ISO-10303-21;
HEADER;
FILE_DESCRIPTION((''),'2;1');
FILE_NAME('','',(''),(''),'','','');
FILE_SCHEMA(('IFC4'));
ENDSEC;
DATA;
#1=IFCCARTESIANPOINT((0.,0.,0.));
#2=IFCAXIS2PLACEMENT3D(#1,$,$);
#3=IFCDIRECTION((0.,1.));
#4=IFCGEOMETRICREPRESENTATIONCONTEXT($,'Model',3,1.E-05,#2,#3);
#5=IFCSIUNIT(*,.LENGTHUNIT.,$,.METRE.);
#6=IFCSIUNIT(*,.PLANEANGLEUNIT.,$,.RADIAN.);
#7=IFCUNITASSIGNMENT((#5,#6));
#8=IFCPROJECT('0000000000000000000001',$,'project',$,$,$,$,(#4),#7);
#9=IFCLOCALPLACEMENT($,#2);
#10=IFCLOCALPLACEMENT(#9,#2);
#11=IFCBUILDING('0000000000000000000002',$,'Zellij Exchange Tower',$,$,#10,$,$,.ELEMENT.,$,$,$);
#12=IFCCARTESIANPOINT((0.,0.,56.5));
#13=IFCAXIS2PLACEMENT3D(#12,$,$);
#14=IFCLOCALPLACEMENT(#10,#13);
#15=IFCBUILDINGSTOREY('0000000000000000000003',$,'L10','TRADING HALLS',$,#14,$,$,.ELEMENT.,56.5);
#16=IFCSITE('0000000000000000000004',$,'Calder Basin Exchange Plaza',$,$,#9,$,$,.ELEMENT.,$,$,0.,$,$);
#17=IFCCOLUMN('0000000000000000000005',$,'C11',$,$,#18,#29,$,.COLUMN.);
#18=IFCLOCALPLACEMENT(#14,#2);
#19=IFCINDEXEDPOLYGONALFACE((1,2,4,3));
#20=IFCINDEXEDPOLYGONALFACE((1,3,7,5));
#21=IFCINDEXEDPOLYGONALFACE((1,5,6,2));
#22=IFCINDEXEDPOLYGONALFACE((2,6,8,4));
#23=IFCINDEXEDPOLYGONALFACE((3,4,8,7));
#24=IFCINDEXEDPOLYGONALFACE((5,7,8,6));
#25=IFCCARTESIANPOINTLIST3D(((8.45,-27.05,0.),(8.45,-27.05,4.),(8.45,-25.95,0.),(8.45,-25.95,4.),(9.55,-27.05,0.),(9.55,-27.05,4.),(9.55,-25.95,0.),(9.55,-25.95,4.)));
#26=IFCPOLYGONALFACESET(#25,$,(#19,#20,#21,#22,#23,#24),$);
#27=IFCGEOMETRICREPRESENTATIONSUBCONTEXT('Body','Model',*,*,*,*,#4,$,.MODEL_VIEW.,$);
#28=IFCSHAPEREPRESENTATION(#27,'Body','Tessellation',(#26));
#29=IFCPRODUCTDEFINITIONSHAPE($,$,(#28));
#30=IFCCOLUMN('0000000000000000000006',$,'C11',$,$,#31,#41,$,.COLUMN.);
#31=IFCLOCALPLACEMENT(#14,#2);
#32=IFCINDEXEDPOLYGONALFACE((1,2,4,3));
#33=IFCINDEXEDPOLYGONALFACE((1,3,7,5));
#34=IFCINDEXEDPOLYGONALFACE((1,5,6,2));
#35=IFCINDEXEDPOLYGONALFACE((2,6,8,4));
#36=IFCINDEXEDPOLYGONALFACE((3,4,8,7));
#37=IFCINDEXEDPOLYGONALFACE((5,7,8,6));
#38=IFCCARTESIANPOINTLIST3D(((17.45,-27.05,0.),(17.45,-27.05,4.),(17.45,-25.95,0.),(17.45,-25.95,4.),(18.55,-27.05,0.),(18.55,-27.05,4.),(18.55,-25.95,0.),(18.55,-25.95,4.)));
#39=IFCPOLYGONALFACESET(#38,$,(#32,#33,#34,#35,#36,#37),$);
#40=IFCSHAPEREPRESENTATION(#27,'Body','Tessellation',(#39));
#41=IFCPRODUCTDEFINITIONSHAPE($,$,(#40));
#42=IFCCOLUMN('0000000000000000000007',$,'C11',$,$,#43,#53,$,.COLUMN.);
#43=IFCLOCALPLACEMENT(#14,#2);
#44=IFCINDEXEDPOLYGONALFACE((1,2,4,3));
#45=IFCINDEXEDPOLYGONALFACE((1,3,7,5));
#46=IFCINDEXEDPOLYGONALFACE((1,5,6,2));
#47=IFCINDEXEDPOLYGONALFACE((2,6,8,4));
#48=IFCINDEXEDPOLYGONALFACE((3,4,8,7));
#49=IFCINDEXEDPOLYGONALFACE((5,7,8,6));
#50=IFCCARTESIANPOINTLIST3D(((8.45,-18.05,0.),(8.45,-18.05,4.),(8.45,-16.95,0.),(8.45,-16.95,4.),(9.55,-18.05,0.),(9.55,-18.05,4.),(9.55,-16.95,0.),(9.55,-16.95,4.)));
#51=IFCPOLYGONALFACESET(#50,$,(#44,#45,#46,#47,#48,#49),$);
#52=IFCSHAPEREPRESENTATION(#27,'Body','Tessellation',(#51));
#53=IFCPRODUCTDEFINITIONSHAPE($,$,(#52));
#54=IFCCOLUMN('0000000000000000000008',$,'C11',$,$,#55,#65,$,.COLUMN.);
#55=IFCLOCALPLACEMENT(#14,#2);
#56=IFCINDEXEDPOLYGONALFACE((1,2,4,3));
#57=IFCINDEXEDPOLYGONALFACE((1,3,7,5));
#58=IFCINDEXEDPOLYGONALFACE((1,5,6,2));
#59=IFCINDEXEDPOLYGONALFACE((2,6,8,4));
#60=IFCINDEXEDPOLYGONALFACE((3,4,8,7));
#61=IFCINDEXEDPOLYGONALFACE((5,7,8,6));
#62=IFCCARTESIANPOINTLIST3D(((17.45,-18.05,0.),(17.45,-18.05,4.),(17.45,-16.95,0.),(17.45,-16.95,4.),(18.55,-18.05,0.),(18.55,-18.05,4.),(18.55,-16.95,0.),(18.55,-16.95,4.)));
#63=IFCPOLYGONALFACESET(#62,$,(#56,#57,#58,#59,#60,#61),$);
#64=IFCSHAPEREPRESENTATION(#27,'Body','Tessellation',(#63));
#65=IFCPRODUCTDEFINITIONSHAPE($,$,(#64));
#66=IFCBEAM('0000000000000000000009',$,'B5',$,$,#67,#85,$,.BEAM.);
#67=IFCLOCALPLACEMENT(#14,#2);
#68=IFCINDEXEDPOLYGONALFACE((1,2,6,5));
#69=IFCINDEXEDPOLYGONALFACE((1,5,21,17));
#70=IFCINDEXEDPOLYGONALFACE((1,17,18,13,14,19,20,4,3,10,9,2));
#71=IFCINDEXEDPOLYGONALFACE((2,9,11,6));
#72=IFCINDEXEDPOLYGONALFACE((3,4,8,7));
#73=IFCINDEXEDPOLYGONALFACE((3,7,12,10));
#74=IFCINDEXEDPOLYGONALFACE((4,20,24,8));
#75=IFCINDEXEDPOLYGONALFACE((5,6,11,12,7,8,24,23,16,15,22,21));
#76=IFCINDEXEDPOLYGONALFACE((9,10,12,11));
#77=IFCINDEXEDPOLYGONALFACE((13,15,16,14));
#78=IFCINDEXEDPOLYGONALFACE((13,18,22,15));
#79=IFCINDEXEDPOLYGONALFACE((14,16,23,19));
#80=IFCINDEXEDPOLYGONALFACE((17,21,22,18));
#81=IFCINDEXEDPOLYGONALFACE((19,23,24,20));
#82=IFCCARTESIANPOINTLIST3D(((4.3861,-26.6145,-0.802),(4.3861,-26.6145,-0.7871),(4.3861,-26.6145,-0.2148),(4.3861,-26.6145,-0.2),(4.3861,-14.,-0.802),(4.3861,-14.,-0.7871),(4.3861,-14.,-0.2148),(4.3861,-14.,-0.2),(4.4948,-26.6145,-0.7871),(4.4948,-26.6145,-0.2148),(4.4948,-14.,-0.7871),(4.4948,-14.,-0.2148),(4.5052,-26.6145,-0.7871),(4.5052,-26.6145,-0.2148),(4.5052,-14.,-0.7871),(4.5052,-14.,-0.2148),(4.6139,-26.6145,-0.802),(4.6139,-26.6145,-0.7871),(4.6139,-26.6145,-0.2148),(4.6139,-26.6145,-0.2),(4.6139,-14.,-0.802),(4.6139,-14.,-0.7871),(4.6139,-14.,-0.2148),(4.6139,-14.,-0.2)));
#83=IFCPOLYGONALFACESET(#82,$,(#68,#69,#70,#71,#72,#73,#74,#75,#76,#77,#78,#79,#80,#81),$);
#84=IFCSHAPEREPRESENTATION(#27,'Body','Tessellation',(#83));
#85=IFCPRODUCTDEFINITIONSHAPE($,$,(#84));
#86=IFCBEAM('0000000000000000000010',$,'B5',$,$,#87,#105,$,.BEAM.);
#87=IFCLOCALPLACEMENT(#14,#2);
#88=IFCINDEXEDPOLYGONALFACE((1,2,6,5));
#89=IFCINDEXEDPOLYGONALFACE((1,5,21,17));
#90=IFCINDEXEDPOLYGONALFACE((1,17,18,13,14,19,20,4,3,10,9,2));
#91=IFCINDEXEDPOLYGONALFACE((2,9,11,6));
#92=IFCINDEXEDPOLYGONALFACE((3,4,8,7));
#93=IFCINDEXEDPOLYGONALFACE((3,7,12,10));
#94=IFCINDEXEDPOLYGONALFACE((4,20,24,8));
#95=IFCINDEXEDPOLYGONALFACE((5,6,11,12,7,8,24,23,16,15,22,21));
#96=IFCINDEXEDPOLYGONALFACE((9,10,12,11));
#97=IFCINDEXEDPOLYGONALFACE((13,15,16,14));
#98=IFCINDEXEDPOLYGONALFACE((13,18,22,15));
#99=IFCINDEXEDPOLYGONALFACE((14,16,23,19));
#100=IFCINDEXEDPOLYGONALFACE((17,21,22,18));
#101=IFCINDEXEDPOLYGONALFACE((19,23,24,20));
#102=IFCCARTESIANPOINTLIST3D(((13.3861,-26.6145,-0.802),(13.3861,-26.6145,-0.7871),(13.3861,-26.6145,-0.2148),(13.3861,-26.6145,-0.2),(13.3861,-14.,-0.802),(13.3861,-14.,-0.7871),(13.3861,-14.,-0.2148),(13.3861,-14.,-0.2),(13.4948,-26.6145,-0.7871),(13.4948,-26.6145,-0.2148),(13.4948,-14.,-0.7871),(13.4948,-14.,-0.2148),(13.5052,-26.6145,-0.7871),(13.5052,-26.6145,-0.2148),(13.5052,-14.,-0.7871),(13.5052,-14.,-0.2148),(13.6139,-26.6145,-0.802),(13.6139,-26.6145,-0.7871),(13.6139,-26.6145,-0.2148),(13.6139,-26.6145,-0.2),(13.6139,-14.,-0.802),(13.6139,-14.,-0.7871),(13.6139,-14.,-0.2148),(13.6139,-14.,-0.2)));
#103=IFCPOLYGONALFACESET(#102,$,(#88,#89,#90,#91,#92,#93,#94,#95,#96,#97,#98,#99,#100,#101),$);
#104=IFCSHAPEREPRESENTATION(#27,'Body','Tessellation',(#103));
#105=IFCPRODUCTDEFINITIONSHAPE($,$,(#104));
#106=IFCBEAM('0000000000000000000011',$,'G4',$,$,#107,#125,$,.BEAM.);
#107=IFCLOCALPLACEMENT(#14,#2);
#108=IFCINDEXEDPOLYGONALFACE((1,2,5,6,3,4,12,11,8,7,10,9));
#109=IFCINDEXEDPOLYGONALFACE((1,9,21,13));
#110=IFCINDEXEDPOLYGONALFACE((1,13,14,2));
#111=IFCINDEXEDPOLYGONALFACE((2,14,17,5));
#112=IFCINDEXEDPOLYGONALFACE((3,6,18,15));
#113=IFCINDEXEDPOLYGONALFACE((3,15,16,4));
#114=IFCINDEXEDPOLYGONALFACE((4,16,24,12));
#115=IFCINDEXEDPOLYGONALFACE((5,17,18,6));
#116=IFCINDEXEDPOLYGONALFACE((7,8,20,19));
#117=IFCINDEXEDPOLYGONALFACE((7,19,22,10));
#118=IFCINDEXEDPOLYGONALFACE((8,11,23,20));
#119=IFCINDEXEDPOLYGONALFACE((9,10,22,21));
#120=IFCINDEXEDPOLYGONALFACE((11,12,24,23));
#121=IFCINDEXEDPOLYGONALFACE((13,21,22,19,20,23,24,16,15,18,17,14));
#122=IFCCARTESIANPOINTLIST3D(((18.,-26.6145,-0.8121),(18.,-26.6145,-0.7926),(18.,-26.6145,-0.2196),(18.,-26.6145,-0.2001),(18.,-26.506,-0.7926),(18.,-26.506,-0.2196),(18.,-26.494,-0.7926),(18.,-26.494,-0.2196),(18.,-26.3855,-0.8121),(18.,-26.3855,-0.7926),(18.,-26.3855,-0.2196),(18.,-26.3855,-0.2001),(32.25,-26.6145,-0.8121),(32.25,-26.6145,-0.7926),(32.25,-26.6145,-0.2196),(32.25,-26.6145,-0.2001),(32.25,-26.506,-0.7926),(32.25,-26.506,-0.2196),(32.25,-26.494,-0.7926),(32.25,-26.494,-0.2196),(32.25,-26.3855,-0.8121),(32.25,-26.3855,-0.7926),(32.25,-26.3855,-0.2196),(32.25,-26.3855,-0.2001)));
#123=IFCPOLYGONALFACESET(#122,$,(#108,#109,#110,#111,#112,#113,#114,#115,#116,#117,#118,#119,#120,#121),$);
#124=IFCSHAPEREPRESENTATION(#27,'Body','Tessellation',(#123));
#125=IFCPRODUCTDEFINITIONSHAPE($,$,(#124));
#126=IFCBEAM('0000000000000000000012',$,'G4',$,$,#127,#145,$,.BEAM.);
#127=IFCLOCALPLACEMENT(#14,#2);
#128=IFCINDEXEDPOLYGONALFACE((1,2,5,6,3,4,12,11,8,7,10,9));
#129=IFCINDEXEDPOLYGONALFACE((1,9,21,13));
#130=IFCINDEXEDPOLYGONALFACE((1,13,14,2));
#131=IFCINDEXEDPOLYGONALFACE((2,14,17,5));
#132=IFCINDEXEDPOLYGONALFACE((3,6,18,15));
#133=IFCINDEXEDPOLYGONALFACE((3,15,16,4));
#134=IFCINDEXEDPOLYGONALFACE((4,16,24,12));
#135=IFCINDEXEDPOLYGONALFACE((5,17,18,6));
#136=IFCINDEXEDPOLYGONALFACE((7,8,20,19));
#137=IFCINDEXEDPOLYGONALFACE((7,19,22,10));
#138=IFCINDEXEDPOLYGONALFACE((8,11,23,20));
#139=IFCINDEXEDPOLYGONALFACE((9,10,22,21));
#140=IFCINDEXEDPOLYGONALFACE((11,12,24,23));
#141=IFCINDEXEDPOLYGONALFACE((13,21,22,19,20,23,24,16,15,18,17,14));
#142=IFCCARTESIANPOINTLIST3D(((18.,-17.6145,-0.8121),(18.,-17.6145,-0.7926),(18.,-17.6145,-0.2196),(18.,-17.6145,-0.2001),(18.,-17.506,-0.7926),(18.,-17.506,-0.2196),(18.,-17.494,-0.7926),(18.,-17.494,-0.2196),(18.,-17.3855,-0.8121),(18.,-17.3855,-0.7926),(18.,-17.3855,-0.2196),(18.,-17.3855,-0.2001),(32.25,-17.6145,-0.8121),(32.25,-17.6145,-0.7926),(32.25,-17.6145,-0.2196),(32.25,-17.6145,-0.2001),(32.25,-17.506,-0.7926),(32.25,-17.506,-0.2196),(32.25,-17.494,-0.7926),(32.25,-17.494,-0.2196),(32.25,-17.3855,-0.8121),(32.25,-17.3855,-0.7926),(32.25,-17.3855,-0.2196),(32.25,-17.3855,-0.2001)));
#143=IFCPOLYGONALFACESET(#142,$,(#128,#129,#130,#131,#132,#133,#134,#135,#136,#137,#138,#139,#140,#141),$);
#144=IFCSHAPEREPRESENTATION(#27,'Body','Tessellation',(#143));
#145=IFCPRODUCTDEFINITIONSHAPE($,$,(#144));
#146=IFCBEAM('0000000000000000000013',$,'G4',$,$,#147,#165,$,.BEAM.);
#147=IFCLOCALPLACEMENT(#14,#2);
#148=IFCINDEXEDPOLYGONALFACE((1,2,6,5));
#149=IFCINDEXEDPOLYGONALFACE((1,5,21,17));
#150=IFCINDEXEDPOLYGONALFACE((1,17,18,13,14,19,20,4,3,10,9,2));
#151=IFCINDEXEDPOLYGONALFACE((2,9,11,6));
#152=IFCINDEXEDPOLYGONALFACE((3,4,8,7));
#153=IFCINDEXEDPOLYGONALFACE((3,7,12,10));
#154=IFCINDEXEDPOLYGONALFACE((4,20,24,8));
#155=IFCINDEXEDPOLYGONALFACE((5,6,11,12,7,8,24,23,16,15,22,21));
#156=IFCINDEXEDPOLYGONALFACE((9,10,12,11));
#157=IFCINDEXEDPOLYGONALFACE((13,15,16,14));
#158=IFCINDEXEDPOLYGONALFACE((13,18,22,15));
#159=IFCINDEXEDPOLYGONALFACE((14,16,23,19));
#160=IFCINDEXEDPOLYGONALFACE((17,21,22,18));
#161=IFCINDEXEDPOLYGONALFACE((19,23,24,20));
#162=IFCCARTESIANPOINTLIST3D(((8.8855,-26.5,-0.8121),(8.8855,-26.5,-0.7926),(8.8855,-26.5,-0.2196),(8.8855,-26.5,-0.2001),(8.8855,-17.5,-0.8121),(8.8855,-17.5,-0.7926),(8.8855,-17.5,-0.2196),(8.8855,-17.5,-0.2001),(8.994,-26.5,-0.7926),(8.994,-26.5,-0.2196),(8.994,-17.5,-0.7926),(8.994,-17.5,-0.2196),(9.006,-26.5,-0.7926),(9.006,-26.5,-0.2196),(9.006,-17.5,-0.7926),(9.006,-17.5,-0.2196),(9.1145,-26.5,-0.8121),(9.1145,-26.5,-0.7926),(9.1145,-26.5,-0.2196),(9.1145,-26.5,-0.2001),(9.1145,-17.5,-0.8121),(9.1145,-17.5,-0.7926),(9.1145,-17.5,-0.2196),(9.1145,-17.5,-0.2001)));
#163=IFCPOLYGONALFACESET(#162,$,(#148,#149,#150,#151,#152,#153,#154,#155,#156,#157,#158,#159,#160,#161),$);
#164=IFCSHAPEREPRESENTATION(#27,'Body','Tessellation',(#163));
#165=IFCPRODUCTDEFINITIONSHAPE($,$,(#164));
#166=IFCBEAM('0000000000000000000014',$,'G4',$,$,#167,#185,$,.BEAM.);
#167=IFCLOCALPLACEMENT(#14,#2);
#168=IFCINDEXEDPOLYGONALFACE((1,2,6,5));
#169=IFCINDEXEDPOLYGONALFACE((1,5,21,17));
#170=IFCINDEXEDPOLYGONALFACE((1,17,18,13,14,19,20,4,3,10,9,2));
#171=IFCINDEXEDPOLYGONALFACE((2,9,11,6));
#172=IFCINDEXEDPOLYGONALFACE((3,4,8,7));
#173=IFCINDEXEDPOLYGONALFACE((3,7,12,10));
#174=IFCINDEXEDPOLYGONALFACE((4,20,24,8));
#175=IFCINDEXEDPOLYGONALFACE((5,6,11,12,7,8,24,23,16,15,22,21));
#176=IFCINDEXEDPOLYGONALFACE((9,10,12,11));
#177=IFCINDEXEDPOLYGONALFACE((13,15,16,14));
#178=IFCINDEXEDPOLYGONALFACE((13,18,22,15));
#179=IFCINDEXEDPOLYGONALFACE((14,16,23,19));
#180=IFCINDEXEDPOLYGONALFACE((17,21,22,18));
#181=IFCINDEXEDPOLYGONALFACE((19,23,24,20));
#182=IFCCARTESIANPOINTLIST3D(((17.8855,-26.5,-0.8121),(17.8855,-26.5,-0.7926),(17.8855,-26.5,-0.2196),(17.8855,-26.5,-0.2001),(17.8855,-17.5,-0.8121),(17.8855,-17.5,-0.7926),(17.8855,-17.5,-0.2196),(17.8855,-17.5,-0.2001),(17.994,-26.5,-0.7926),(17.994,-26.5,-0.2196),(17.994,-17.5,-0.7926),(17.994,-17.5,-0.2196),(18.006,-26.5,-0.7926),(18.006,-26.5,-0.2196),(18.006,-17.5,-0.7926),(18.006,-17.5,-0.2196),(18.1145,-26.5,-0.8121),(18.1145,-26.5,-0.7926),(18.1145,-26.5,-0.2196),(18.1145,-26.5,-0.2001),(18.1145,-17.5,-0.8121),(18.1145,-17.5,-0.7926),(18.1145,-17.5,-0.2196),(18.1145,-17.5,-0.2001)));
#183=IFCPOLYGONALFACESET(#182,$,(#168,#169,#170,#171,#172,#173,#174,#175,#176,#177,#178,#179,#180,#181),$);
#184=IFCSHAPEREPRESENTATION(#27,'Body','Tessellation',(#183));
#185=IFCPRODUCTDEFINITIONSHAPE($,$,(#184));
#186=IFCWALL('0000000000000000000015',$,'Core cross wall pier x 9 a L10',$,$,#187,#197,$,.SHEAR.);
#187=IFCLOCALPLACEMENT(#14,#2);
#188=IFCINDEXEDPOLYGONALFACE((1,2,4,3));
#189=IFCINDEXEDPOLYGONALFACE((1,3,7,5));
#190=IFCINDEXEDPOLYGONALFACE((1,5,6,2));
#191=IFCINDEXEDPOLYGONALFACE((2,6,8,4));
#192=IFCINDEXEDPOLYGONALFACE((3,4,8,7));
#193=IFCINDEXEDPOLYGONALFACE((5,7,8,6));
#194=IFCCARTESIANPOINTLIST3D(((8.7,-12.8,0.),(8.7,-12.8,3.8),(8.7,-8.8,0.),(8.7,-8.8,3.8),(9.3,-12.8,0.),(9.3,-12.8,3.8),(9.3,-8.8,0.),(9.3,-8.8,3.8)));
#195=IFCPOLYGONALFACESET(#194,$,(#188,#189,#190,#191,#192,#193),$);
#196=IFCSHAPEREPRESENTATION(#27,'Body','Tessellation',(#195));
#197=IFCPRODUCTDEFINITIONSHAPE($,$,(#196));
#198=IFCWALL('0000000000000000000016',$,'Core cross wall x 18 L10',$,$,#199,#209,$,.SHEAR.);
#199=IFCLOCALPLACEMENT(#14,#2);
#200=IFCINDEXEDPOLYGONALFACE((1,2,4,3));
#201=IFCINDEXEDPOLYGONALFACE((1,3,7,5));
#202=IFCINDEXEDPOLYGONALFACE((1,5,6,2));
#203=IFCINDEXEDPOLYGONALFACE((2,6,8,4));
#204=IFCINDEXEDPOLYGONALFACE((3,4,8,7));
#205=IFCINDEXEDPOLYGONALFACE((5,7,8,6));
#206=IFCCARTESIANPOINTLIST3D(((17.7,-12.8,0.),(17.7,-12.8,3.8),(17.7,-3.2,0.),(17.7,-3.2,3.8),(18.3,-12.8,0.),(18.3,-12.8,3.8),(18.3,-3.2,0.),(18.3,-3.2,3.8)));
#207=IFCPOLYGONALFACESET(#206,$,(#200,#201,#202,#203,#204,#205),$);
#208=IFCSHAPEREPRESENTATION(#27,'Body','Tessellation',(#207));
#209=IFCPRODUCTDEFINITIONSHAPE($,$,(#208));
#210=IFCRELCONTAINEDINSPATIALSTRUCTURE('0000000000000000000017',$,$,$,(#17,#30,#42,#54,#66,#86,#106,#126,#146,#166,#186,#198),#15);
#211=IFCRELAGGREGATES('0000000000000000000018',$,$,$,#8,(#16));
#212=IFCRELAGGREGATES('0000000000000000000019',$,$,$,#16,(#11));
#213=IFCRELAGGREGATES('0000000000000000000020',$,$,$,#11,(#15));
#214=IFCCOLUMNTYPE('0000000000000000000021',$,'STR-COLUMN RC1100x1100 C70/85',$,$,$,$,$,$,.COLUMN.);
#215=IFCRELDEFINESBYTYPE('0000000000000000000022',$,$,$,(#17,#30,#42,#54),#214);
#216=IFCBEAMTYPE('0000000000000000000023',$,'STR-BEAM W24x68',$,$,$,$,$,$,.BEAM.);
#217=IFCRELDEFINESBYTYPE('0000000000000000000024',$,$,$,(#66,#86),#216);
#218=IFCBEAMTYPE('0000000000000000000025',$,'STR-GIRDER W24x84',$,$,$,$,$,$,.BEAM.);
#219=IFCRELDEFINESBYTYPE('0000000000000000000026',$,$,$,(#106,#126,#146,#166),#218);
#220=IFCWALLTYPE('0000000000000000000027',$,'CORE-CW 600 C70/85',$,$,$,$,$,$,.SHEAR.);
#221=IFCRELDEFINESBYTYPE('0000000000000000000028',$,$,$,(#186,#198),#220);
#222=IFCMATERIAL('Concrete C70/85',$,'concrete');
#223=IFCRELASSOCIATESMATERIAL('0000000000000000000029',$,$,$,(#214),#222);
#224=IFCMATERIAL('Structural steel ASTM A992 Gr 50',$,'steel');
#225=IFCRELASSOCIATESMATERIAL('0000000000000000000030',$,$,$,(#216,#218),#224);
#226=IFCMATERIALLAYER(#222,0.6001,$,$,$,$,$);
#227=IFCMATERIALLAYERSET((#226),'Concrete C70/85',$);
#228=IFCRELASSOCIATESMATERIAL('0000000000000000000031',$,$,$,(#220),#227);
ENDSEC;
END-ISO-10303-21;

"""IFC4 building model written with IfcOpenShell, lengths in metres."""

from ifc_helpers import new_model, si_unit, direction, frame, frame_2d, origin, origin_2d, place, context, subcontext, project, spatial, rectangle, i_section, extrude, material, layer, layer_set, material_profile, profile_set, type_object, element, save


model = new_model("IFC4")

# Units and contexts
model_context = context("Model", 3, precision=1e-05, world=origin(), true_north=direction((0.0, 1.0)))
body_context = subcontext(model_context, "Body", "Model", "MODEL_VIEW")
ifc_project = project(units=[si_unit("LENGTHUNIT", "METRE"), si_unit("PLANEANGLEUNIT", "RADIAN")], contexts=[model_context])

# Site, building, storey
site_placement = place(None, origin())
site = spatial("IfcSite", under=ifc_project, at=site_placement, Name="Calder Basin Exchange Plaza", CompositionType="ELEMENT", RefElevation=0.0)
building_placement = place(site_placement, origin())
building = spatial("IfcBuilding", under=site, at=building_placement, Name="Zellij Exchange Tower", CompositionType="ELEMENT")
storey_placement = place(building_placement, frame((0.0, 0.0, 56.5)))
storey = spatial("IfcBuildingStorey", under=building, at=storey_placement, Name="L10", Description="TRADING HALLS", CompositionType="ELEMENT", Elevation=56.5)

# Columns
ifc_material_1 = material(Name="Concrete C70/85", Category="concrete")
ifc_material_profile_1 = material_profile(ifc_material_1, rectangle(XDim=1.1001, YDim=1.1001, at=origin_2d()), Name="STR-COLUMN RC1100x1100 C70/85")
ifc_profile_set_1 = profile_set([ifc_material_profile_1], Name="Concrete C70/85")
column_type = type_object("IfcColumnType", Name="STR-COLUMN RC1100x1100 C70/85", PredefinedType="COLUMN", material=ifc_profile_set_1)
for number, where, z_axis, x_axis, name in (
    (1, (9.0, -26.5, 0.0), (0.0, 0.0, 1.0), (1.0, 0.0, 0.0), "C11"),
    (2, (18.0, -26.5, 0.0), (0.0, 0.0, 1.0), (1.0, 0.0, 0.0), "C11"),
    (3, (9.0, -17.5, 0.0), (0.0, 0.0, 1.0), (1.0, 0.0, 0.0), "C11"),
    (4, (18.0, -17.5, 0.0), (0.0, 0.0, 1.0), (1.0, 0.0, 0.0), "C11"),
):
    element("IfcColumn", number, at=place(storey_placement, frame(where, z_axis=z_axis, x_axis=x_axis)), inside=storey, type_object=column_type, Name=name, PredefinedType="COLUMN", context=body_context, shape_type="SweptSolid", body=[
        extrude(rectangle(XDim=1.1001, YDim=1.1001, at=origin_2d()), origin(), (0.0, 0.0, 1.0), 4.0),
    ])

# Beams
ifc_material_2 = material(Name="Structural steel ASTM A992 Gr 50", Category="steel")
ifc_material_profile_2 = material_profile(ifc_material_2, i_section(OverallWidth=0.2278, OverallDepth=0.6021, WebThickness=0.0105, FlangeThickness=0.0149, at=origin_2d()), Name="W24x68")
ifc_profile_set_2 = profile_set([ifc_material_profile_2], Name="Structural steel ASTM A992 Gr 50")
beam_type_1 = type_object("IfcBeamType", Name="STR-BEAM W24x68", PredefinedType="BEAM", material=ifc_profile_set_2)
for number, where, z_axis, x_axis, name in (
    (5, (4.5, -26.6145, -0.501), (0.0, 1.0, 0.0), (-1.0, 0.0, 0.0), "B5"),
    (6, (13.5, -26.6145, -0.501), (0.0, 1.0, 0.0), (-1.0, 0.0, 0.0), "B5"),
):
    element("IfcBeam", number, at=place(storey_placement, frame(where, z_axis=z_axis, x_axis=x_axis)), inside=storey, type_object=beam_type_1, Name=name, PredefinedType="BEAM", context=body_context, shape_type="SweptSolid", body=[
        extrude(i_section(OverallWidth=0.2278, OverallDepth=0.6021, WebThickness=0.0105, FlangeThickness=0.0149, at=origin_2d()), origin(), (0.0, 0.0, 1.0), 12.6145),
    ])
ifc_material_profile_3 = material_profile(ifc_material_2, i_section(OverallWidth=0.229, OverallDepth=0.6121, WebThickness=0.012, FlangeThickness=0.0195, at=origin_2d()), Name="W24x84")
ifc_profile_set_3 = profile_set([ifc_material_profile_3], Name="Structural steel ASTM A992 Gr 50")
beam_type_2 = type_object("IfcBeamType", Name="STR-GIRDER W24x84", PredefinedType="BEAM", material=ifc_profile_set_3)
for number, where, z_axis, x_axis, name in (
    (7, (18.0, -26.5, -0.5061), (1.0, 0.0, 0.0), (0.0, 1.0, 0.0), "G4"),
    (8, (18.0, -17.5, -0.5061), (1.0, 0.0, 0.0), (0.0, 1.0, 0.0), "G4"),
):
    element("IfcBeam", number, at=place(storey_placement, frame(where, z_axis=z_axis, x_axis=x_axis)), inside=storey, type_object=beam_type_2, Name=name, PredefinedType="BEAM", context=body_context, shape_type="SweptSolid", body=[
        extrude(i_section(OverallWidth=0.229, OverallDepth=0.6121, WebThickness=0.012, FlangeThickness=0.0195, at=origin_2d()), origin(), (0.0, 0.0, 1.0), 14.25),
    ])
for number, where, z_axis, x_axis, name in (
    (9, (9.0, -26.5, -0.5061), (0.0, 1.0, 0.0), (-1.0, 0.0, 0.0), "G4"),
    (10, (18.0, -26.5, -0.5061), (0.0, 1.0, 0.0), (-1.0, 0.0, 0.0), "G4"),
):
    element("IfcBeam", number, at=place(storey_placement, frame(where, z_axis=z_axis, x_axis=x_axis)), inside=storey, type_object=beam_type_2, Name=name, PredefinedType="BEAM", context=body_context, shape_type="SweptSolid", body=[
        extrude(i_section(OverallWidth=0.229, OverallDepth=0.6121, WebThickness=0.012, FlangeThickness=0.0195, at=origin_2d()), origin(), (0.0, 0.0, 1.0), 9.0),
    ])

# Walls
ifc_layer_1 = layer(ifc_material_1, 0.6001)
ifc_layer_set_1 = layer_set([ifc_layer_1], Name="Concrete C70/85")
wall_type_1 = type_object("IfcWallType", Name="CORE-CW 600 C70/85", PredefinedType="SHEAR", material=ifc_layer_set_1)
wall_1_placement = place(storey_placement, frame((9.0, -12.8, 0.0), z_axis=(0.0, 0.0, 1.0), x_axis=(0.0, 1.0, 0.0)))
element("IfcWall", 11, at=wall_1_placement, inside=storey, type_object=wall_type_1, Name="Core cross wall pier x 9 a L10", PredefinedType="SHEAR", context=body_context, shape_type="SweptSolid", body=[
    extrude(rectangle(XDim=4.0, YDim=0.6001, at=frame_2d((2.0, 0.0))), origin(), (0.0, 0.0, 1.0), 3.8),
])
wall_2_placement = place(storey_placement, frame((18.0, -12.8, 0.0), z_axis=(0.0, 0.0, 1.0), x_axis=(0.0, 1.0, 0.0)))
element("IfcWall", 12, at=wall_2_placement, inside=storey, type_object=wall_type_1, Name="Core cross wall x 18 L10", PredefinedType="SHEAR", context=body_context, shape_type="SweptSolid", body=[
    extrude(rectangle(XDim=9.6001, YDim=0.6001, at=frame_2d((4.8, 0.0))), origin(), (0.0, 0.0, 1.0), 3.8),
])

save(model, "model.ifc")
